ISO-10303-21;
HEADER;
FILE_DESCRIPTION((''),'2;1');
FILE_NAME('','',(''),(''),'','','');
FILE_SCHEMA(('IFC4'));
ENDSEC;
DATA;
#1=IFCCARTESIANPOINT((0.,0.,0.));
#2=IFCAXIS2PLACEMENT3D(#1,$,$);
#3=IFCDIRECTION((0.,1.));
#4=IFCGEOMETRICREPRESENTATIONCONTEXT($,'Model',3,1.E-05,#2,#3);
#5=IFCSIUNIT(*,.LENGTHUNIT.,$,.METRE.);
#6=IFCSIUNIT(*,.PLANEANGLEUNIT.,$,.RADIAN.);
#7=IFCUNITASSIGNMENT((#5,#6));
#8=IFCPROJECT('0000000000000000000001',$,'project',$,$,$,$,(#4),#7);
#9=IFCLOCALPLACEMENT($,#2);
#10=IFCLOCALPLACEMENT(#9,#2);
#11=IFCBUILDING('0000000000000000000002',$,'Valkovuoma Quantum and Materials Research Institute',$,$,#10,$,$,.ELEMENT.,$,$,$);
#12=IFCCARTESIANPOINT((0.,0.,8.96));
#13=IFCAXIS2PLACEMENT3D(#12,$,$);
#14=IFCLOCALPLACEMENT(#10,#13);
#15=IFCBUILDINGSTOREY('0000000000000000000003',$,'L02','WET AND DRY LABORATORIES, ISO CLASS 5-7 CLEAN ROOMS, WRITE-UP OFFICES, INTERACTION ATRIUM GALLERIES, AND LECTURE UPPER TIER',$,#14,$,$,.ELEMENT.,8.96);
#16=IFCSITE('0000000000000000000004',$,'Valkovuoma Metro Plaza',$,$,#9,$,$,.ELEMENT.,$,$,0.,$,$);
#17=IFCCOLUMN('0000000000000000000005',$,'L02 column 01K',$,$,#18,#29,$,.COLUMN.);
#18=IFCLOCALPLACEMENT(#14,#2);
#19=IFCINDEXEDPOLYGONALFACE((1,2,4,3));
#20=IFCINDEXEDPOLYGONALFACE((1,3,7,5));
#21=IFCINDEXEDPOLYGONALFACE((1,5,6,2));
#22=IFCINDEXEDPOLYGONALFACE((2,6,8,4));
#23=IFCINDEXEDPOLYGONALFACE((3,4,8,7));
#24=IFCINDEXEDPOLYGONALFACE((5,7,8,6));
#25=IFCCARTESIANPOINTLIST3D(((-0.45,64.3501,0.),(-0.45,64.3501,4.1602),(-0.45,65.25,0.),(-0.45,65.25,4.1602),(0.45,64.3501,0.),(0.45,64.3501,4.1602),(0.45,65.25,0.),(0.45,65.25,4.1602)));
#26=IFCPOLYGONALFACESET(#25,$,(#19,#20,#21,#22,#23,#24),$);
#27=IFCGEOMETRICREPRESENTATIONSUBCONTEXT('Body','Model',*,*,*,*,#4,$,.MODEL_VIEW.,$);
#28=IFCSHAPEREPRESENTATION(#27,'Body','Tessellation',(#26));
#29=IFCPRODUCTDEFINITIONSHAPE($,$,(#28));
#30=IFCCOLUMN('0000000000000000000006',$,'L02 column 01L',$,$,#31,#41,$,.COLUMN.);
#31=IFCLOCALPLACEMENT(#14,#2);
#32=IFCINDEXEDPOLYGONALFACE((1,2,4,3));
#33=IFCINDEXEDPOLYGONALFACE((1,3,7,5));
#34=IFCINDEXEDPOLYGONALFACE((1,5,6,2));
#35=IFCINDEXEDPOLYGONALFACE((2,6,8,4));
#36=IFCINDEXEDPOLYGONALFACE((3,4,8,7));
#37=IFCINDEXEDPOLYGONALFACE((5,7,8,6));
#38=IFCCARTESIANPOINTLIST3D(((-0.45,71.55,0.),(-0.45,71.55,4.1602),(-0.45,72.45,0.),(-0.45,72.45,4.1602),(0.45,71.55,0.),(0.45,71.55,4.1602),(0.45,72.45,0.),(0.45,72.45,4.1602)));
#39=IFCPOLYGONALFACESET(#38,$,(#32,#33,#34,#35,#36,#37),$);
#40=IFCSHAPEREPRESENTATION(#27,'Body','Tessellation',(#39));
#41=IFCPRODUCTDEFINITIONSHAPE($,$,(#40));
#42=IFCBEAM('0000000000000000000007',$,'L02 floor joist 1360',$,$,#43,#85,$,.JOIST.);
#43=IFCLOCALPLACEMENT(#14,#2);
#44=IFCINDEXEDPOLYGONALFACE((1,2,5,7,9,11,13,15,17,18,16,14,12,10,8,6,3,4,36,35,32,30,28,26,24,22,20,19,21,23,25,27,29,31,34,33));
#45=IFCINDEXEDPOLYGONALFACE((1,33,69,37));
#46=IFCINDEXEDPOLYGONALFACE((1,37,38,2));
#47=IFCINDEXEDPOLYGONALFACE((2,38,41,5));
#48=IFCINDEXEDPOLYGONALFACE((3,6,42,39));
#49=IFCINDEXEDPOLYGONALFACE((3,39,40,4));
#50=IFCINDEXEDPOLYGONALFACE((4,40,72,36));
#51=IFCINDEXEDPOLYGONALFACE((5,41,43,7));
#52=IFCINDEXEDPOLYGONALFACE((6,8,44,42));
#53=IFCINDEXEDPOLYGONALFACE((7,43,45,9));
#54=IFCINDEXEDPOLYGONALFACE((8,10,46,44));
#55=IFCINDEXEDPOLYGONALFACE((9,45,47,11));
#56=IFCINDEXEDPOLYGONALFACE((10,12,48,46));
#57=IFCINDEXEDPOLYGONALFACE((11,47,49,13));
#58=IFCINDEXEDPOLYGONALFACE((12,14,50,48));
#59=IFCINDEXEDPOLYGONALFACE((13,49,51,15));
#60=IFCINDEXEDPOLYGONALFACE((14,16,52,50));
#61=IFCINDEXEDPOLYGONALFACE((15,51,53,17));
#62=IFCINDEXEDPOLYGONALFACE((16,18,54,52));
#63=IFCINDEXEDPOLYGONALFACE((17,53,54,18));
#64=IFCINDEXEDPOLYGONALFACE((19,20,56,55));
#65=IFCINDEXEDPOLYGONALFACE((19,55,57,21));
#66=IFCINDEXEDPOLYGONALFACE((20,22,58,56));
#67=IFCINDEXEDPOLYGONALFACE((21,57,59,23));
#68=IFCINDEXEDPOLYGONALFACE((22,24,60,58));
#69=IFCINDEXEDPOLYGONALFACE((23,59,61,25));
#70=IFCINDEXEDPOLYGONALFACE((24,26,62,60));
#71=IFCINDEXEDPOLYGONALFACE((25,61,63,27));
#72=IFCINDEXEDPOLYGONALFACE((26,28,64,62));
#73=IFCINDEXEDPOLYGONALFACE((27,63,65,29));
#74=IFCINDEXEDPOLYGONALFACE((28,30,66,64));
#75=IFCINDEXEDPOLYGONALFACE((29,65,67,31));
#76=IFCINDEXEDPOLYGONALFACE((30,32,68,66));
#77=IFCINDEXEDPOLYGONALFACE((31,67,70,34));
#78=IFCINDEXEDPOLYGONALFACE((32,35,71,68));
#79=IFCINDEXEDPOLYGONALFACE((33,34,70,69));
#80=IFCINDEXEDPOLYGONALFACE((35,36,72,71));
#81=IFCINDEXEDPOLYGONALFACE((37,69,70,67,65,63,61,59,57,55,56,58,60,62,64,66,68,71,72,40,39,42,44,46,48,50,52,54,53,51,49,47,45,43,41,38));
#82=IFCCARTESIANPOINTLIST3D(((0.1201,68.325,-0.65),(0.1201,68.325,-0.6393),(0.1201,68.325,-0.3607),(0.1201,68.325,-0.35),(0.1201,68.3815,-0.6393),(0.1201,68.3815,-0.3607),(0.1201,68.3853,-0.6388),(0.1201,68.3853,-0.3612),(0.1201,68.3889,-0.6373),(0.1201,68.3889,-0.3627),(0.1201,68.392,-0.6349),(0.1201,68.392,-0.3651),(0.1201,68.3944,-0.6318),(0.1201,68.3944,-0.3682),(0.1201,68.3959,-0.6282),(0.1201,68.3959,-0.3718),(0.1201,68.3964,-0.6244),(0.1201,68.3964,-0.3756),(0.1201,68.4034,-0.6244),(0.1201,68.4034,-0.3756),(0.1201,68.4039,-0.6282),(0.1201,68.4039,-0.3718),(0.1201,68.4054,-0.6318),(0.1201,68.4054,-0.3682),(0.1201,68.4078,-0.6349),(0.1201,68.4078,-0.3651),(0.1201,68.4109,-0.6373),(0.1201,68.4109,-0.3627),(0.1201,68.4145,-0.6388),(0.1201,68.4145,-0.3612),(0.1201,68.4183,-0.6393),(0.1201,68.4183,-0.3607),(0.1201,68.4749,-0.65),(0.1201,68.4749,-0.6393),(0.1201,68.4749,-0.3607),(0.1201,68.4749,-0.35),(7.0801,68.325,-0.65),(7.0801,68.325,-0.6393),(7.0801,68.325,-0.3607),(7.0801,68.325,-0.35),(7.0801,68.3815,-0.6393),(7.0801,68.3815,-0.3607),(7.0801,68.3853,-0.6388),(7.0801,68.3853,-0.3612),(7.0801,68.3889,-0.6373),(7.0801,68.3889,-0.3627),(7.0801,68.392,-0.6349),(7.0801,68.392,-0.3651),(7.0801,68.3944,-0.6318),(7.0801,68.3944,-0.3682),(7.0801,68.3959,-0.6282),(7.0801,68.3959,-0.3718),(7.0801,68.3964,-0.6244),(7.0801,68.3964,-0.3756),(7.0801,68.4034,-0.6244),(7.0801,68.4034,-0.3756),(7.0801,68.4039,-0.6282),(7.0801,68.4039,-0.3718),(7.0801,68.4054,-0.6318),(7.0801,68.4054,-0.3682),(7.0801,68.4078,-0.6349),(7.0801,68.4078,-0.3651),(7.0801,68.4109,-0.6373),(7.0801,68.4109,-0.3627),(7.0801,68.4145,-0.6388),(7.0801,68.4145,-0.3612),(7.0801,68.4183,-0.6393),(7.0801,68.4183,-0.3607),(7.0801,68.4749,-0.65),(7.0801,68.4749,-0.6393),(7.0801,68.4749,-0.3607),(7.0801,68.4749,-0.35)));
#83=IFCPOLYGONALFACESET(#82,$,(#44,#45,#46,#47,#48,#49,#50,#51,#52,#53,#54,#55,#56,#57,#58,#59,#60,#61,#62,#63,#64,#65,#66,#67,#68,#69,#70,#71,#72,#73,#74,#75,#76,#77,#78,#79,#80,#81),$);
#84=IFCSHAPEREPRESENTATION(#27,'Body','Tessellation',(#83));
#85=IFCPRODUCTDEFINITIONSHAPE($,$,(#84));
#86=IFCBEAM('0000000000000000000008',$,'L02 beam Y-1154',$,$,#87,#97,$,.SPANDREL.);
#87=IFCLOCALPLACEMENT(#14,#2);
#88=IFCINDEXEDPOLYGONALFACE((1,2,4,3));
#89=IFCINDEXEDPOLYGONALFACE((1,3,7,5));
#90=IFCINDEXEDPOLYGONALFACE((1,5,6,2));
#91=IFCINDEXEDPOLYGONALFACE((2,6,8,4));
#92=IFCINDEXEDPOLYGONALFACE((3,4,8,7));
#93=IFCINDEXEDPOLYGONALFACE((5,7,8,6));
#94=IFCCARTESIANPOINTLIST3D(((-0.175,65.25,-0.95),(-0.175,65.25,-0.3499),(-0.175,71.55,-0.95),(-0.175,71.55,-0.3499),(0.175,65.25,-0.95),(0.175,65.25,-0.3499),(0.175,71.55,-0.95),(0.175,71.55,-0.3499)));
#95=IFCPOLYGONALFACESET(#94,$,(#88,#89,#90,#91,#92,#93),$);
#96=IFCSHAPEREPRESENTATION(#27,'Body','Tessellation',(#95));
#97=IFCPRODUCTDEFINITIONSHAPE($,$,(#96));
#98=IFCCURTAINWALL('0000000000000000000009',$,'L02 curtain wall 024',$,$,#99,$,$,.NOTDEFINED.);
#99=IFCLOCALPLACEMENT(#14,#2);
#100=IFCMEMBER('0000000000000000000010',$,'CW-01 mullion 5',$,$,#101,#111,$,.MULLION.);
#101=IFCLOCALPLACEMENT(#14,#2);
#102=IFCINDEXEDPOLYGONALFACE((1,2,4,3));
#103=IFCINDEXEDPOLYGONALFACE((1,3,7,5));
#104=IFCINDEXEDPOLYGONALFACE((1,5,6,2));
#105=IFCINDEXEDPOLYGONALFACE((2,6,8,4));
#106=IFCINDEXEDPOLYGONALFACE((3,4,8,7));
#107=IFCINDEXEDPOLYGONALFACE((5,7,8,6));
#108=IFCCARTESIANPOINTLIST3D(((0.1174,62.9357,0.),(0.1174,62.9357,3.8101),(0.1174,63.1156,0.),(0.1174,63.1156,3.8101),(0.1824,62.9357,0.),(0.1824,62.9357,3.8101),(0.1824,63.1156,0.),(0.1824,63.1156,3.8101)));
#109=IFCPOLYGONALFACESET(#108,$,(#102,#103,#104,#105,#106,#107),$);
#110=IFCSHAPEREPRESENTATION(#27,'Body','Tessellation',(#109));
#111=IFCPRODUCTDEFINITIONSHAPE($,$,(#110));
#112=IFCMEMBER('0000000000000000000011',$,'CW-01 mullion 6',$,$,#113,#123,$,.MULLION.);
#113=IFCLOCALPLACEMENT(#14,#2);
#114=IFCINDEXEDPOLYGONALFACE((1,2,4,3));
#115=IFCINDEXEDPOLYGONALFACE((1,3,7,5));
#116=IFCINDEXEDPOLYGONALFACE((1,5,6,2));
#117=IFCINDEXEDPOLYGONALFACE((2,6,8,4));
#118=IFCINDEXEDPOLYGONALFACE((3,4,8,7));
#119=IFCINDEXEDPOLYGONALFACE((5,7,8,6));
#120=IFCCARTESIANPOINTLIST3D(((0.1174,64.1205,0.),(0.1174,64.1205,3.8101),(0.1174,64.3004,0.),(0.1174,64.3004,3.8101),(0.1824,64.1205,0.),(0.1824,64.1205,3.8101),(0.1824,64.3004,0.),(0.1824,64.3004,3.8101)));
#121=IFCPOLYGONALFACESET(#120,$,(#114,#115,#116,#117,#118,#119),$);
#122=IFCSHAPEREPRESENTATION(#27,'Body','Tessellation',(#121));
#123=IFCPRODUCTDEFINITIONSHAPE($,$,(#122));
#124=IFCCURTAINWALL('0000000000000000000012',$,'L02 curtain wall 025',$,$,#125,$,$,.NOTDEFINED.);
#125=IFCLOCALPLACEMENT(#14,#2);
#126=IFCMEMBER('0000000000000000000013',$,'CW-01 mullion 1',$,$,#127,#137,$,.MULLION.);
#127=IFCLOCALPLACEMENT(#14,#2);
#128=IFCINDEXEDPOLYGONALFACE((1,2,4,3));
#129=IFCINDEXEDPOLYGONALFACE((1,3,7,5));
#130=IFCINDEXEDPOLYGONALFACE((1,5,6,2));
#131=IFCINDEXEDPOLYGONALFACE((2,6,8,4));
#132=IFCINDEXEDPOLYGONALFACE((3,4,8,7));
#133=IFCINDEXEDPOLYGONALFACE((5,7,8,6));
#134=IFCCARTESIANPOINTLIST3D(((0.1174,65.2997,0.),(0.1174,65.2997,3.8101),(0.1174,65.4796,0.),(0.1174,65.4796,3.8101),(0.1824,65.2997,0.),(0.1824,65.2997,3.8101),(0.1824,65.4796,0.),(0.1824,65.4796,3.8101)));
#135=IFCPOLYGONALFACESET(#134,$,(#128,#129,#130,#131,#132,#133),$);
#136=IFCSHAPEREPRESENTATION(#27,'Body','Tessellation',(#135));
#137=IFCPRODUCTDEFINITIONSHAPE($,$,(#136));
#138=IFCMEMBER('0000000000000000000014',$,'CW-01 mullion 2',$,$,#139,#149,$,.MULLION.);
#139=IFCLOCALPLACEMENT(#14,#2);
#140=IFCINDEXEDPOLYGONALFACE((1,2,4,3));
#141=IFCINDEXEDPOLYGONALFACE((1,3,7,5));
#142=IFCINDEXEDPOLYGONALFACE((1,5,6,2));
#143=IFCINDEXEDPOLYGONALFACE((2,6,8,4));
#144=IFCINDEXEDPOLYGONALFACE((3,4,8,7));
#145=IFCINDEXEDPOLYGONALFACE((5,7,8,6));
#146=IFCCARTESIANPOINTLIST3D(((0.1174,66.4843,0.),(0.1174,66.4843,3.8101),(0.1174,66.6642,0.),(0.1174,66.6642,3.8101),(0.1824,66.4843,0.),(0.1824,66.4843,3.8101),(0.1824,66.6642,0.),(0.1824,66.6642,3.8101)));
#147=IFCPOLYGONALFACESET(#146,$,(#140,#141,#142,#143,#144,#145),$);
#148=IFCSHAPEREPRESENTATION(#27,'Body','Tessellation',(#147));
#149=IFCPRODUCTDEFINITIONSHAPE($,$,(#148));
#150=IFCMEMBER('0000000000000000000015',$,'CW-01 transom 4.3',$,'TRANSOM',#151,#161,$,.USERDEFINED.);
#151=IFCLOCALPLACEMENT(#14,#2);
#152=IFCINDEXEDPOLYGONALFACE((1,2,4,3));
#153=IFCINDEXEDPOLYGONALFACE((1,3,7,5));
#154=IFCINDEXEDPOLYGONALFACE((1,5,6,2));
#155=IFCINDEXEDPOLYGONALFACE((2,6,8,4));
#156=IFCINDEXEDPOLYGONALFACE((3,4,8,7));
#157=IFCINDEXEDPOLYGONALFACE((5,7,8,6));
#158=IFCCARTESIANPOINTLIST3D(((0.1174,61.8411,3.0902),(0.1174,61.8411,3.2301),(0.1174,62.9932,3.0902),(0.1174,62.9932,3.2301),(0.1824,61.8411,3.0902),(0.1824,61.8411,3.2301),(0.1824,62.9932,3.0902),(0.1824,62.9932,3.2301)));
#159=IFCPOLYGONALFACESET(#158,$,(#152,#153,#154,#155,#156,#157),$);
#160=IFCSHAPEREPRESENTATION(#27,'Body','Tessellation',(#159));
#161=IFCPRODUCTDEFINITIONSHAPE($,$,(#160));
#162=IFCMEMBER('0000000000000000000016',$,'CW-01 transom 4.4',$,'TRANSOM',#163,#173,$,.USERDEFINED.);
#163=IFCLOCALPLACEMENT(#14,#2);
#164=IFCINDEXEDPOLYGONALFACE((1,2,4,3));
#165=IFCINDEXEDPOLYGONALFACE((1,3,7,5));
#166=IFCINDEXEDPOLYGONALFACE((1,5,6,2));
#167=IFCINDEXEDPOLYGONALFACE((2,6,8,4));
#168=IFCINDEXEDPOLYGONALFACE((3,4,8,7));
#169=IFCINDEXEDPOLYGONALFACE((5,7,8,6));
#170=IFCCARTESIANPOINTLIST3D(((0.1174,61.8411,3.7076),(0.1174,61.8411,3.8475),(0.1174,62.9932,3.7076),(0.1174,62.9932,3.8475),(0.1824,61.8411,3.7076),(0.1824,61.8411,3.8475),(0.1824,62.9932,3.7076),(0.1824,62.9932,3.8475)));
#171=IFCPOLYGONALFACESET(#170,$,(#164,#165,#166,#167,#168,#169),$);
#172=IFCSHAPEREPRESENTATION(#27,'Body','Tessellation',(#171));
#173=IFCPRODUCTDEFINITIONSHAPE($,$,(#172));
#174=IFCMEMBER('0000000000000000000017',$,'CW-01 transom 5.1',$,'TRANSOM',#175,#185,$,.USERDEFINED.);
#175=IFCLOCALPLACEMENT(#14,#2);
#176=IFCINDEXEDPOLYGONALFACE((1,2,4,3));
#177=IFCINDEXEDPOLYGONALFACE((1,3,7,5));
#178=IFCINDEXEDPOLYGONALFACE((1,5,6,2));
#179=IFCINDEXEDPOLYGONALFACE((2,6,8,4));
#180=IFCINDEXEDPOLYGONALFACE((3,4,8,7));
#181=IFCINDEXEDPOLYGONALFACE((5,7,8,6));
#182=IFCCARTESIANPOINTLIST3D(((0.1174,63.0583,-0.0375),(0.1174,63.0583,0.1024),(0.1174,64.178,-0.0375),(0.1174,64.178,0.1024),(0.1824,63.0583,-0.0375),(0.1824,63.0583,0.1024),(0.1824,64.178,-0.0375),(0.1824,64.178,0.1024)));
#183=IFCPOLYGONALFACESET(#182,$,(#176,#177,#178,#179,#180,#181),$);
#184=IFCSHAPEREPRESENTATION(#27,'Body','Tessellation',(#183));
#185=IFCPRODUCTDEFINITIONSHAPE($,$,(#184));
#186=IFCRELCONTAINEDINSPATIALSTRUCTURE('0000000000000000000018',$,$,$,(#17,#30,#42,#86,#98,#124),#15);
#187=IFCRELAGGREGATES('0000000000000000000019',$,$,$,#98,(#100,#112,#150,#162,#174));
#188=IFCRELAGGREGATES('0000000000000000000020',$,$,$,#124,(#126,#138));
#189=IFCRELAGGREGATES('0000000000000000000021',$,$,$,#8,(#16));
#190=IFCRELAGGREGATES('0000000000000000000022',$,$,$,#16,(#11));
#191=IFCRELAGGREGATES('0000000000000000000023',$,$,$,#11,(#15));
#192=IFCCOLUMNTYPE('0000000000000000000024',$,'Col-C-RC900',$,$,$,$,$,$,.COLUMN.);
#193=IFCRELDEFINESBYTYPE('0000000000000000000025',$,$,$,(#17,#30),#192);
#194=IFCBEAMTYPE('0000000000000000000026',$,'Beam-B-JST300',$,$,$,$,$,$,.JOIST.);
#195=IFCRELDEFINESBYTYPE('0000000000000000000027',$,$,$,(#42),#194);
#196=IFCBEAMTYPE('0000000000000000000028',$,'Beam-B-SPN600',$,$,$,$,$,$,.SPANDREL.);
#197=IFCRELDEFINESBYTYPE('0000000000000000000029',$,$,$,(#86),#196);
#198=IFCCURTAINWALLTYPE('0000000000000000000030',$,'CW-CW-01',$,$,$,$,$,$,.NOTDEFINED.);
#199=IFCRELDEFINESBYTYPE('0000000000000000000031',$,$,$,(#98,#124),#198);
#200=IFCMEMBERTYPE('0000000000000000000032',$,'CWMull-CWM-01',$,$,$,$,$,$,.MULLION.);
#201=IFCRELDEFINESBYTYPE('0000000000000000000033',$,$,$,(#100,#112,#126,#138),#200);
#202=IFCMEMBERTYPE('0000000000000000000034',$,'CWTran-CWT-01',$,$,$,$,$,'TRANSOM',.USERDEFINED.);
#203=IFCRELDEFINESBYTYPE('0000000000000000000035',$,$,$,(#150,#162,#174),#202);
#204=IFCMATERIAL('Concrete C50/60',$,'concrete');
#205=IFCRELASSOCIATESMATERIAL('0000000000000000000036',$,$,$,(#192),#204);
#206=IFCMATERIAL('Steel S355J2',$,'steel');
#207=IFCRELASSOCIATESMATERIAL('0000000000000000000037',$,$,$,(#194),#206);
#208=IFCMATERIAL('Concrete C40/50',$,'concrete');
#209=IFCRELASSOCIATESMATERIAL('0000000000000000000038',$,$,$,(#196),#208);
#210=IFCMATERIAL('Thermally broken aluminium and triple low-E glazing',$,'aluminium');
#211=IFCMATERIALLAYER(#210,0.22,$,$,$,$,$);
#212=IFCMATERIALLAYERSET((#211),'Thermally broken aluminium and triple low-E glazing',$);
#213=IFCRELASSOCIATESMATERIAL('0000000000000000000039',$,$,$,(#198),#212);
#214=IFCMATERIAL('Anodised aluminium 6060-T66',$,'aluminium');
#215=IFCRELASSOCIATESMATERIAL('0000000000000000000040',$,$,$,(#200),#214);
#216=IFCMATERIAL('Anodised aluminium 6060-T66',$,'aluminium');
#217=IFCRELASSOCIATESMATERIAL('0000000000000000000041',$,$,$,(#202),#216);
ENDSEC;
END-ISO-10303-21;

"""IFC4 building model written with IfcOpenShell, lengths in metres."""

from ifc_helpers import new_model, si_unit, direction, frame, origin, origin_2d, place, context, subcontext, project, spatial, rectangle, i_section, extrude, material, layer, layer_set, material_profile, profile_set, type_object, element, aggregate, save


model = new_model("IFC4")

# Units and contexts
model_context = context("Model", 3, precision=1e-05, world=origin(), true_north=direction((0.0, 1.0)))
body_context = subcontext(model_context, "Body", "Model", "MODEL_VIEW")
ifc_project = project(units=[si_unit("LENGTHUNIT", "METRE"), si_unit("PLANEANGLEUNIT", "RADIAN")], contexts=[model_context])

# Site, building, storey
site_placement = place(None, origin())
site = spatial("IfcSite", under=ifc_project, at=site_placement, Name="Valkovuoma Metro Plaza", CompositionType="ELEMENT", RefElevation=0.0)
building_placement = place(site_placement, origin())
building = spatial("IfcBuilding", under=site, at=building_placement, Name="Valkovuoma Quantum and Materials Research Institute", CompositionType="ELEMENT")
storey_placement = place(building_placement, frame((0.0, 0.0, 8.96)))
storey = spatial("IfcBuildingStorey", under=building, at=storey_placement, Name="L02", Description="WET AND DRY LABORATORIES, ISO CLASS 5-7 CLEAN ROOMS, WRITE-UP OFFICES, INTERACTION ATRIUM GALLERIES, AND LECTURE UPPER TIER", CompositionType="ELEMENT", Elevation=8.96)

# Columns
ifc_material_1 = material(Name="Concrete C50/60", Category="concrete")
ifc_material_profile_1 = material_profile(ifc_material_1, rectangle(XDim=0.8999, YDim=0.8999, at=origin_2d()), Name="Concrete C50/60")
ifc_profile_set_1 = profile_set([ifc_material_profile_1], Name="Concrete C50/60")
column_type = type_object("IfcColumnType", Name="Col-C-RC900", PredefinedType="COLUMN", material=ifc_profile_set_1)
for number, where, z_axis, x_axis, name in (
    (1, (0.0, 64.8, 0.0), (0.0, 0.0, 1.0), (1.0, 0.0, 0.0), "L02 column 01K"),
    (2, (0.0, 72.0, 0.0), (0.0, 0.0, 1.0), (1.0, 0.0, 0.0), "L02 column 01L"),
):
    element("IfcColumn", number, at=place(storey_placement, frame(where, z_axis=z_axis, x_axis=x_axis)), inside=storey, type_object=column_type, Name=name, PredefinedType="COLUMN", context=body_context, shape_type="SweptSolid", body=[
        extrude(rectangle(XDim=0.8999, YDim=0.8999, at=origin_2d()), origin(), (0.0, 0.0, 1.0), 4.1602),
    ])

# Beams
ifc_material_2 = material(Name="Steel S355J2", Category="steel")
ifc_material_profile_2 = material_profile(ifc_material_2, i_section(OverallWidth=0.1499, OverallDepth=0.3, WebThickness=0.0071, FlangeThickness=0.0107, FilletRadius=0.0149, at=origin_2d()), Name="Steel S355J2")
ifc_profile_set_2 = profile_set([ifc_material_profile_2], Name="Steel S355J2")
beam_type_1 = type_object("IfcBeamType", Name="Beam-B-JST300", PredefinedType="JOIST", material=ifc_profile_set_2)
beam_1_placement = place(storey_placement, frame((0.1201, 68.3999, -0.5), z_axis=(1.0, 0.0, 0.0), x_axis=(0.0, 1.0, 0.0)))
element("IfcBeam", 3, at=beam_1_placement, inside=storey, type_object=beam_type_1, Name="L02 floor joist 1360", PredefinedType="JOIST", context=body_context, shape_type="SweptSolid", body=[
    extrude(i_section(OverallWidth=0.1499, OverallDepth=0.3, WebThickness=0.0071, FlangeThickness=0.0107, FilletRadius=0.0149, at=origin_2d()), origin(), (0.0, 0.0, 1.0), 6.96),
])
ifc_material_3 = material(Name="Concrete C40/50", Category="concrete")
ifc_material_profile_3 = material_profile(ifc_material_3, rectangle(XDim=0.3501, YDim=0.6001, at=origin_2d()), Name="Concrete C40/50")
ifc_profile_set_3 = profile_set([ifc_material_profile_3], Name="Concrete C40/50")
beam_type_2 = type_object("IfcBeamType", Name="Beam-B-SPN600", PredefinedType="SPANDREL", material=ifc_profile_set_3)
beam_2_placement = place(storey_placement, frame((0.0, 65.25, -0.6499), z_axis=(0.0, 1.0, 0.0), x_axis=(-1.0, 0.0, 0.0)))
element("IfcBeam", 4, at=beam_2_placement, inside=storey, type_object=beam_type_2, Name="L02 beam Y-1154", PredefinedType="SPANDREL", context=body_context, shape_type="SweptSolid", body=[
    extrude(rectangle(XDim=0.3501, YDim=0.6001, at=origin_2d()), origin(), (0.0, 0.0, 1.0), 6.3),
])

# Curtain walls, members
ifc_material_4 = material(Name="Thermally broken aluminium and triple low-E glazing", Category="aluminium")
ifc_layer_1 = layer(ifc_material_4, 0.22)
ifc_layer_set_1 = layer_set([ifc_layer_1], Name="Thermally broken aluminium and triple low-E glazing")
curtain_wall_type = type_object("IfcCurtainWallType", Name="CW-CW-01", PredefinedType="NOTDEFINED", material=ifc_layer_set_1)
curtain_wall_1_placement = place(storey_placement, origin())
curtain_wall_1 = element("IfcCurtainWall", 5, at=curtain_wall_1_placement, inside=storey, type_object=curtain_wall_type, Name="L02 curtain wall 024", PredefinedType="NOTDEFINED")
ifc_material_5 = material(Name="Anodised aluminium 6060-T66", Category="aluminium")
ifc_material_profile_4 = material_profile(ifc_material_5, rectangle(XDim=0.0649, YDim=0.1799, at=origin_2d()), Name="Anodised aluminium 6060-T66")
ifc_profile_set_4 = profile_set([ifc_material_profile_4], Name="Anodised aluminium 6060-T66")
member_type_1 = type_object("IfcMemberType", Name="CWMull-CWM-01", PredefinedType="MULLION", material=ifc_profile_set_4)
member_1_placement = place(storey_placement, frame((0.1499, 63.0256, 0.0), z_axis=(0.0, 0.0, 1.0), x_axis=(-1.0, 0.0, 0.0)))
member_1 = element("IfcMember", 6, at=member_1_placement, type_object=member_type_1, Name="CW-01 mullion 5", PredefinedType="MULLION", context=body_context, shape_type="SweptSolid", body=[
    extrude(rectangle(XDim=0.0649, YDim=0.1799, at=origin_2d()), origin(), (0.0, 0.0, 1.0), 3.8101),
])
member_2_placement = place(storey_placement, frame((0.1499, 64.2104, 0.0), z_axis=(0.0, 0.0, 1.0), x_axis=(-1.0, 0.0, 0.0)))
member_2 = element("IfcMember", 7, at=member_2_placement, type_object=member_type_1, Name="CW-01 mullion 6", PredefinedType="MULLION", context=body_context, shape_type="SweptSolid", body=[
    extrude(rectangle(XDim=0.0649, YDim=0.1799, at=origin_2d()), origin(), (0.0, 0.0, 1.0), 3.8101),
])
curtain_wall_2_placement = place(storey_placement, origin())
curtain_wall_2 = element("IfcCurtainWall", 8, at=curtain_wall_2_placement, inside=storey, type_object=curtain_wall_type, Name="L02 curtain wall 025", PredefinedType="NOTDEFINED")
member_3_placement = place(storey_placement, frame((0.1499, 65.3896, 0.0), z_axis=(0.0, 0.0, 1.0), x_axis=(-1.0, 0.0, 0.0)))
member_3 = element("IfcMember", 9, at=member_3_placement, type_object=member_type_1, Name="CW-01 mullion 1", PredefinedType="MULLION", context=body_context, shape_type="SweptSolid", body=[
    extrude(rectangle(XDim=0.0649, YDim=0.1799, at=origin_2d()), origin(), (0.0, 0.0, 1.0), 3.8101),
])
member_4_placement = place(storey_placement, frame((0.1499, 66.5742, 0.0), z_axis=(0.0, 0.0, 1.0), x_axis=(-1.0, 0.0, 0.0)))
member_4 = element("IfcMember", 10, at=member_4_placement, type_object=member_type_1, Name="CW-01 mullion 2", PredefinedType="MULLION", context=body_context, shape_type="SweptSolid", body=[
    extrude(rectangle(XDim=0.0649, YDim=0.1799, at=origin_2d()), origin(), (0.0, 0.0, 1.0), 3.8101),
])

# Members
ifc_material_6 = material(Name="Anodised aluminium 6060-T66", Category="aluminium")
ifc_material_profile_5 = material_profile(ifc_material_6, rectangle(XDim=0.0649, YDim=0.1399, at=origin_2d()), Name="Anodised aluminium 6060-T66")
ifc_profile_set_5 = profile_set([ifc_material_profile_5], Name="Anodised aluminium 6060-T66")
member_type_2 = type_object("IfcMemberType", Name="CWTran-CWT-01", ElementType="TRANSOM", PredefinedType="USERDEFINED", material=ifc_profile_set_5)
member_5_placement = place(storey_placement, frame((0.1499, 61.8411, 3.1602), z_axis=(0.0, 1.0, 0.0), x_axis=(-1.0, 0.0, 0.0)))
member_5 = element("IfcMember", 11, at=member_5_placement, type_object=member_type_2, Name="CW-01 transom 4.3", ObjectType="TRANSOM", PredefinedType="USERDEFINED", context=body_context, shape_type="SweptSolid", body=[
    extrude(rectangle(XDim=0.0649, YDim=0.1399, at=origin_2d()), origin(), (0.0, 0.0, 1.0), 1.1521),
])
member_6_placement = place(storey_placement, frame((0.1499, 61.8411, 3.7776), z_axis=(0.0, 1.0, 0.0), x_axis=(-1.0, 0.0, 0.0)))
member_6 = element("IfcMember", 12, at=member_6_placement, type_object=member_type_2, Name="CW-01 transom 4.4", ObjectType="TRANSOM", PredefinedType="USERDEFINED", context=body_context, shape_type="SweptSolid", body=[
    extrude(rectangle(XDim=0.0649, YDim=0.1399, at=origin_2d()), origin(), (0.0, 0.0, 1.0), 1.1521),
])
member_7_placement = place(storey_placement, frame((0.1499, 63.0583, 0.0325), z_axis=(0.0, 1.0, 0.0), x_axis=(-1.0, 0.0, 0.0)))
member_7 = element("IfcMember", 13, at=member_7_placement, type_object=member_type_2, Name="CW-01 transom 5.1", ObjectType="TRANSOM", PredefinedType="USERDEFINED", context=body_context, shape_type="SweptSolid", body=[
    extrude(rectangle(XDim=0.0649, YDim=0.1399, at=origin_2d()), origin(), (0.0, 0.0, 1.0), 1.1196),
])

aggregate(curtain_wall_1, [member_1, member_2, member_5, member_6, member_7])
aggregate(curtain_wall_2, [member_3, member_4])

save(model, "model.ifc")
